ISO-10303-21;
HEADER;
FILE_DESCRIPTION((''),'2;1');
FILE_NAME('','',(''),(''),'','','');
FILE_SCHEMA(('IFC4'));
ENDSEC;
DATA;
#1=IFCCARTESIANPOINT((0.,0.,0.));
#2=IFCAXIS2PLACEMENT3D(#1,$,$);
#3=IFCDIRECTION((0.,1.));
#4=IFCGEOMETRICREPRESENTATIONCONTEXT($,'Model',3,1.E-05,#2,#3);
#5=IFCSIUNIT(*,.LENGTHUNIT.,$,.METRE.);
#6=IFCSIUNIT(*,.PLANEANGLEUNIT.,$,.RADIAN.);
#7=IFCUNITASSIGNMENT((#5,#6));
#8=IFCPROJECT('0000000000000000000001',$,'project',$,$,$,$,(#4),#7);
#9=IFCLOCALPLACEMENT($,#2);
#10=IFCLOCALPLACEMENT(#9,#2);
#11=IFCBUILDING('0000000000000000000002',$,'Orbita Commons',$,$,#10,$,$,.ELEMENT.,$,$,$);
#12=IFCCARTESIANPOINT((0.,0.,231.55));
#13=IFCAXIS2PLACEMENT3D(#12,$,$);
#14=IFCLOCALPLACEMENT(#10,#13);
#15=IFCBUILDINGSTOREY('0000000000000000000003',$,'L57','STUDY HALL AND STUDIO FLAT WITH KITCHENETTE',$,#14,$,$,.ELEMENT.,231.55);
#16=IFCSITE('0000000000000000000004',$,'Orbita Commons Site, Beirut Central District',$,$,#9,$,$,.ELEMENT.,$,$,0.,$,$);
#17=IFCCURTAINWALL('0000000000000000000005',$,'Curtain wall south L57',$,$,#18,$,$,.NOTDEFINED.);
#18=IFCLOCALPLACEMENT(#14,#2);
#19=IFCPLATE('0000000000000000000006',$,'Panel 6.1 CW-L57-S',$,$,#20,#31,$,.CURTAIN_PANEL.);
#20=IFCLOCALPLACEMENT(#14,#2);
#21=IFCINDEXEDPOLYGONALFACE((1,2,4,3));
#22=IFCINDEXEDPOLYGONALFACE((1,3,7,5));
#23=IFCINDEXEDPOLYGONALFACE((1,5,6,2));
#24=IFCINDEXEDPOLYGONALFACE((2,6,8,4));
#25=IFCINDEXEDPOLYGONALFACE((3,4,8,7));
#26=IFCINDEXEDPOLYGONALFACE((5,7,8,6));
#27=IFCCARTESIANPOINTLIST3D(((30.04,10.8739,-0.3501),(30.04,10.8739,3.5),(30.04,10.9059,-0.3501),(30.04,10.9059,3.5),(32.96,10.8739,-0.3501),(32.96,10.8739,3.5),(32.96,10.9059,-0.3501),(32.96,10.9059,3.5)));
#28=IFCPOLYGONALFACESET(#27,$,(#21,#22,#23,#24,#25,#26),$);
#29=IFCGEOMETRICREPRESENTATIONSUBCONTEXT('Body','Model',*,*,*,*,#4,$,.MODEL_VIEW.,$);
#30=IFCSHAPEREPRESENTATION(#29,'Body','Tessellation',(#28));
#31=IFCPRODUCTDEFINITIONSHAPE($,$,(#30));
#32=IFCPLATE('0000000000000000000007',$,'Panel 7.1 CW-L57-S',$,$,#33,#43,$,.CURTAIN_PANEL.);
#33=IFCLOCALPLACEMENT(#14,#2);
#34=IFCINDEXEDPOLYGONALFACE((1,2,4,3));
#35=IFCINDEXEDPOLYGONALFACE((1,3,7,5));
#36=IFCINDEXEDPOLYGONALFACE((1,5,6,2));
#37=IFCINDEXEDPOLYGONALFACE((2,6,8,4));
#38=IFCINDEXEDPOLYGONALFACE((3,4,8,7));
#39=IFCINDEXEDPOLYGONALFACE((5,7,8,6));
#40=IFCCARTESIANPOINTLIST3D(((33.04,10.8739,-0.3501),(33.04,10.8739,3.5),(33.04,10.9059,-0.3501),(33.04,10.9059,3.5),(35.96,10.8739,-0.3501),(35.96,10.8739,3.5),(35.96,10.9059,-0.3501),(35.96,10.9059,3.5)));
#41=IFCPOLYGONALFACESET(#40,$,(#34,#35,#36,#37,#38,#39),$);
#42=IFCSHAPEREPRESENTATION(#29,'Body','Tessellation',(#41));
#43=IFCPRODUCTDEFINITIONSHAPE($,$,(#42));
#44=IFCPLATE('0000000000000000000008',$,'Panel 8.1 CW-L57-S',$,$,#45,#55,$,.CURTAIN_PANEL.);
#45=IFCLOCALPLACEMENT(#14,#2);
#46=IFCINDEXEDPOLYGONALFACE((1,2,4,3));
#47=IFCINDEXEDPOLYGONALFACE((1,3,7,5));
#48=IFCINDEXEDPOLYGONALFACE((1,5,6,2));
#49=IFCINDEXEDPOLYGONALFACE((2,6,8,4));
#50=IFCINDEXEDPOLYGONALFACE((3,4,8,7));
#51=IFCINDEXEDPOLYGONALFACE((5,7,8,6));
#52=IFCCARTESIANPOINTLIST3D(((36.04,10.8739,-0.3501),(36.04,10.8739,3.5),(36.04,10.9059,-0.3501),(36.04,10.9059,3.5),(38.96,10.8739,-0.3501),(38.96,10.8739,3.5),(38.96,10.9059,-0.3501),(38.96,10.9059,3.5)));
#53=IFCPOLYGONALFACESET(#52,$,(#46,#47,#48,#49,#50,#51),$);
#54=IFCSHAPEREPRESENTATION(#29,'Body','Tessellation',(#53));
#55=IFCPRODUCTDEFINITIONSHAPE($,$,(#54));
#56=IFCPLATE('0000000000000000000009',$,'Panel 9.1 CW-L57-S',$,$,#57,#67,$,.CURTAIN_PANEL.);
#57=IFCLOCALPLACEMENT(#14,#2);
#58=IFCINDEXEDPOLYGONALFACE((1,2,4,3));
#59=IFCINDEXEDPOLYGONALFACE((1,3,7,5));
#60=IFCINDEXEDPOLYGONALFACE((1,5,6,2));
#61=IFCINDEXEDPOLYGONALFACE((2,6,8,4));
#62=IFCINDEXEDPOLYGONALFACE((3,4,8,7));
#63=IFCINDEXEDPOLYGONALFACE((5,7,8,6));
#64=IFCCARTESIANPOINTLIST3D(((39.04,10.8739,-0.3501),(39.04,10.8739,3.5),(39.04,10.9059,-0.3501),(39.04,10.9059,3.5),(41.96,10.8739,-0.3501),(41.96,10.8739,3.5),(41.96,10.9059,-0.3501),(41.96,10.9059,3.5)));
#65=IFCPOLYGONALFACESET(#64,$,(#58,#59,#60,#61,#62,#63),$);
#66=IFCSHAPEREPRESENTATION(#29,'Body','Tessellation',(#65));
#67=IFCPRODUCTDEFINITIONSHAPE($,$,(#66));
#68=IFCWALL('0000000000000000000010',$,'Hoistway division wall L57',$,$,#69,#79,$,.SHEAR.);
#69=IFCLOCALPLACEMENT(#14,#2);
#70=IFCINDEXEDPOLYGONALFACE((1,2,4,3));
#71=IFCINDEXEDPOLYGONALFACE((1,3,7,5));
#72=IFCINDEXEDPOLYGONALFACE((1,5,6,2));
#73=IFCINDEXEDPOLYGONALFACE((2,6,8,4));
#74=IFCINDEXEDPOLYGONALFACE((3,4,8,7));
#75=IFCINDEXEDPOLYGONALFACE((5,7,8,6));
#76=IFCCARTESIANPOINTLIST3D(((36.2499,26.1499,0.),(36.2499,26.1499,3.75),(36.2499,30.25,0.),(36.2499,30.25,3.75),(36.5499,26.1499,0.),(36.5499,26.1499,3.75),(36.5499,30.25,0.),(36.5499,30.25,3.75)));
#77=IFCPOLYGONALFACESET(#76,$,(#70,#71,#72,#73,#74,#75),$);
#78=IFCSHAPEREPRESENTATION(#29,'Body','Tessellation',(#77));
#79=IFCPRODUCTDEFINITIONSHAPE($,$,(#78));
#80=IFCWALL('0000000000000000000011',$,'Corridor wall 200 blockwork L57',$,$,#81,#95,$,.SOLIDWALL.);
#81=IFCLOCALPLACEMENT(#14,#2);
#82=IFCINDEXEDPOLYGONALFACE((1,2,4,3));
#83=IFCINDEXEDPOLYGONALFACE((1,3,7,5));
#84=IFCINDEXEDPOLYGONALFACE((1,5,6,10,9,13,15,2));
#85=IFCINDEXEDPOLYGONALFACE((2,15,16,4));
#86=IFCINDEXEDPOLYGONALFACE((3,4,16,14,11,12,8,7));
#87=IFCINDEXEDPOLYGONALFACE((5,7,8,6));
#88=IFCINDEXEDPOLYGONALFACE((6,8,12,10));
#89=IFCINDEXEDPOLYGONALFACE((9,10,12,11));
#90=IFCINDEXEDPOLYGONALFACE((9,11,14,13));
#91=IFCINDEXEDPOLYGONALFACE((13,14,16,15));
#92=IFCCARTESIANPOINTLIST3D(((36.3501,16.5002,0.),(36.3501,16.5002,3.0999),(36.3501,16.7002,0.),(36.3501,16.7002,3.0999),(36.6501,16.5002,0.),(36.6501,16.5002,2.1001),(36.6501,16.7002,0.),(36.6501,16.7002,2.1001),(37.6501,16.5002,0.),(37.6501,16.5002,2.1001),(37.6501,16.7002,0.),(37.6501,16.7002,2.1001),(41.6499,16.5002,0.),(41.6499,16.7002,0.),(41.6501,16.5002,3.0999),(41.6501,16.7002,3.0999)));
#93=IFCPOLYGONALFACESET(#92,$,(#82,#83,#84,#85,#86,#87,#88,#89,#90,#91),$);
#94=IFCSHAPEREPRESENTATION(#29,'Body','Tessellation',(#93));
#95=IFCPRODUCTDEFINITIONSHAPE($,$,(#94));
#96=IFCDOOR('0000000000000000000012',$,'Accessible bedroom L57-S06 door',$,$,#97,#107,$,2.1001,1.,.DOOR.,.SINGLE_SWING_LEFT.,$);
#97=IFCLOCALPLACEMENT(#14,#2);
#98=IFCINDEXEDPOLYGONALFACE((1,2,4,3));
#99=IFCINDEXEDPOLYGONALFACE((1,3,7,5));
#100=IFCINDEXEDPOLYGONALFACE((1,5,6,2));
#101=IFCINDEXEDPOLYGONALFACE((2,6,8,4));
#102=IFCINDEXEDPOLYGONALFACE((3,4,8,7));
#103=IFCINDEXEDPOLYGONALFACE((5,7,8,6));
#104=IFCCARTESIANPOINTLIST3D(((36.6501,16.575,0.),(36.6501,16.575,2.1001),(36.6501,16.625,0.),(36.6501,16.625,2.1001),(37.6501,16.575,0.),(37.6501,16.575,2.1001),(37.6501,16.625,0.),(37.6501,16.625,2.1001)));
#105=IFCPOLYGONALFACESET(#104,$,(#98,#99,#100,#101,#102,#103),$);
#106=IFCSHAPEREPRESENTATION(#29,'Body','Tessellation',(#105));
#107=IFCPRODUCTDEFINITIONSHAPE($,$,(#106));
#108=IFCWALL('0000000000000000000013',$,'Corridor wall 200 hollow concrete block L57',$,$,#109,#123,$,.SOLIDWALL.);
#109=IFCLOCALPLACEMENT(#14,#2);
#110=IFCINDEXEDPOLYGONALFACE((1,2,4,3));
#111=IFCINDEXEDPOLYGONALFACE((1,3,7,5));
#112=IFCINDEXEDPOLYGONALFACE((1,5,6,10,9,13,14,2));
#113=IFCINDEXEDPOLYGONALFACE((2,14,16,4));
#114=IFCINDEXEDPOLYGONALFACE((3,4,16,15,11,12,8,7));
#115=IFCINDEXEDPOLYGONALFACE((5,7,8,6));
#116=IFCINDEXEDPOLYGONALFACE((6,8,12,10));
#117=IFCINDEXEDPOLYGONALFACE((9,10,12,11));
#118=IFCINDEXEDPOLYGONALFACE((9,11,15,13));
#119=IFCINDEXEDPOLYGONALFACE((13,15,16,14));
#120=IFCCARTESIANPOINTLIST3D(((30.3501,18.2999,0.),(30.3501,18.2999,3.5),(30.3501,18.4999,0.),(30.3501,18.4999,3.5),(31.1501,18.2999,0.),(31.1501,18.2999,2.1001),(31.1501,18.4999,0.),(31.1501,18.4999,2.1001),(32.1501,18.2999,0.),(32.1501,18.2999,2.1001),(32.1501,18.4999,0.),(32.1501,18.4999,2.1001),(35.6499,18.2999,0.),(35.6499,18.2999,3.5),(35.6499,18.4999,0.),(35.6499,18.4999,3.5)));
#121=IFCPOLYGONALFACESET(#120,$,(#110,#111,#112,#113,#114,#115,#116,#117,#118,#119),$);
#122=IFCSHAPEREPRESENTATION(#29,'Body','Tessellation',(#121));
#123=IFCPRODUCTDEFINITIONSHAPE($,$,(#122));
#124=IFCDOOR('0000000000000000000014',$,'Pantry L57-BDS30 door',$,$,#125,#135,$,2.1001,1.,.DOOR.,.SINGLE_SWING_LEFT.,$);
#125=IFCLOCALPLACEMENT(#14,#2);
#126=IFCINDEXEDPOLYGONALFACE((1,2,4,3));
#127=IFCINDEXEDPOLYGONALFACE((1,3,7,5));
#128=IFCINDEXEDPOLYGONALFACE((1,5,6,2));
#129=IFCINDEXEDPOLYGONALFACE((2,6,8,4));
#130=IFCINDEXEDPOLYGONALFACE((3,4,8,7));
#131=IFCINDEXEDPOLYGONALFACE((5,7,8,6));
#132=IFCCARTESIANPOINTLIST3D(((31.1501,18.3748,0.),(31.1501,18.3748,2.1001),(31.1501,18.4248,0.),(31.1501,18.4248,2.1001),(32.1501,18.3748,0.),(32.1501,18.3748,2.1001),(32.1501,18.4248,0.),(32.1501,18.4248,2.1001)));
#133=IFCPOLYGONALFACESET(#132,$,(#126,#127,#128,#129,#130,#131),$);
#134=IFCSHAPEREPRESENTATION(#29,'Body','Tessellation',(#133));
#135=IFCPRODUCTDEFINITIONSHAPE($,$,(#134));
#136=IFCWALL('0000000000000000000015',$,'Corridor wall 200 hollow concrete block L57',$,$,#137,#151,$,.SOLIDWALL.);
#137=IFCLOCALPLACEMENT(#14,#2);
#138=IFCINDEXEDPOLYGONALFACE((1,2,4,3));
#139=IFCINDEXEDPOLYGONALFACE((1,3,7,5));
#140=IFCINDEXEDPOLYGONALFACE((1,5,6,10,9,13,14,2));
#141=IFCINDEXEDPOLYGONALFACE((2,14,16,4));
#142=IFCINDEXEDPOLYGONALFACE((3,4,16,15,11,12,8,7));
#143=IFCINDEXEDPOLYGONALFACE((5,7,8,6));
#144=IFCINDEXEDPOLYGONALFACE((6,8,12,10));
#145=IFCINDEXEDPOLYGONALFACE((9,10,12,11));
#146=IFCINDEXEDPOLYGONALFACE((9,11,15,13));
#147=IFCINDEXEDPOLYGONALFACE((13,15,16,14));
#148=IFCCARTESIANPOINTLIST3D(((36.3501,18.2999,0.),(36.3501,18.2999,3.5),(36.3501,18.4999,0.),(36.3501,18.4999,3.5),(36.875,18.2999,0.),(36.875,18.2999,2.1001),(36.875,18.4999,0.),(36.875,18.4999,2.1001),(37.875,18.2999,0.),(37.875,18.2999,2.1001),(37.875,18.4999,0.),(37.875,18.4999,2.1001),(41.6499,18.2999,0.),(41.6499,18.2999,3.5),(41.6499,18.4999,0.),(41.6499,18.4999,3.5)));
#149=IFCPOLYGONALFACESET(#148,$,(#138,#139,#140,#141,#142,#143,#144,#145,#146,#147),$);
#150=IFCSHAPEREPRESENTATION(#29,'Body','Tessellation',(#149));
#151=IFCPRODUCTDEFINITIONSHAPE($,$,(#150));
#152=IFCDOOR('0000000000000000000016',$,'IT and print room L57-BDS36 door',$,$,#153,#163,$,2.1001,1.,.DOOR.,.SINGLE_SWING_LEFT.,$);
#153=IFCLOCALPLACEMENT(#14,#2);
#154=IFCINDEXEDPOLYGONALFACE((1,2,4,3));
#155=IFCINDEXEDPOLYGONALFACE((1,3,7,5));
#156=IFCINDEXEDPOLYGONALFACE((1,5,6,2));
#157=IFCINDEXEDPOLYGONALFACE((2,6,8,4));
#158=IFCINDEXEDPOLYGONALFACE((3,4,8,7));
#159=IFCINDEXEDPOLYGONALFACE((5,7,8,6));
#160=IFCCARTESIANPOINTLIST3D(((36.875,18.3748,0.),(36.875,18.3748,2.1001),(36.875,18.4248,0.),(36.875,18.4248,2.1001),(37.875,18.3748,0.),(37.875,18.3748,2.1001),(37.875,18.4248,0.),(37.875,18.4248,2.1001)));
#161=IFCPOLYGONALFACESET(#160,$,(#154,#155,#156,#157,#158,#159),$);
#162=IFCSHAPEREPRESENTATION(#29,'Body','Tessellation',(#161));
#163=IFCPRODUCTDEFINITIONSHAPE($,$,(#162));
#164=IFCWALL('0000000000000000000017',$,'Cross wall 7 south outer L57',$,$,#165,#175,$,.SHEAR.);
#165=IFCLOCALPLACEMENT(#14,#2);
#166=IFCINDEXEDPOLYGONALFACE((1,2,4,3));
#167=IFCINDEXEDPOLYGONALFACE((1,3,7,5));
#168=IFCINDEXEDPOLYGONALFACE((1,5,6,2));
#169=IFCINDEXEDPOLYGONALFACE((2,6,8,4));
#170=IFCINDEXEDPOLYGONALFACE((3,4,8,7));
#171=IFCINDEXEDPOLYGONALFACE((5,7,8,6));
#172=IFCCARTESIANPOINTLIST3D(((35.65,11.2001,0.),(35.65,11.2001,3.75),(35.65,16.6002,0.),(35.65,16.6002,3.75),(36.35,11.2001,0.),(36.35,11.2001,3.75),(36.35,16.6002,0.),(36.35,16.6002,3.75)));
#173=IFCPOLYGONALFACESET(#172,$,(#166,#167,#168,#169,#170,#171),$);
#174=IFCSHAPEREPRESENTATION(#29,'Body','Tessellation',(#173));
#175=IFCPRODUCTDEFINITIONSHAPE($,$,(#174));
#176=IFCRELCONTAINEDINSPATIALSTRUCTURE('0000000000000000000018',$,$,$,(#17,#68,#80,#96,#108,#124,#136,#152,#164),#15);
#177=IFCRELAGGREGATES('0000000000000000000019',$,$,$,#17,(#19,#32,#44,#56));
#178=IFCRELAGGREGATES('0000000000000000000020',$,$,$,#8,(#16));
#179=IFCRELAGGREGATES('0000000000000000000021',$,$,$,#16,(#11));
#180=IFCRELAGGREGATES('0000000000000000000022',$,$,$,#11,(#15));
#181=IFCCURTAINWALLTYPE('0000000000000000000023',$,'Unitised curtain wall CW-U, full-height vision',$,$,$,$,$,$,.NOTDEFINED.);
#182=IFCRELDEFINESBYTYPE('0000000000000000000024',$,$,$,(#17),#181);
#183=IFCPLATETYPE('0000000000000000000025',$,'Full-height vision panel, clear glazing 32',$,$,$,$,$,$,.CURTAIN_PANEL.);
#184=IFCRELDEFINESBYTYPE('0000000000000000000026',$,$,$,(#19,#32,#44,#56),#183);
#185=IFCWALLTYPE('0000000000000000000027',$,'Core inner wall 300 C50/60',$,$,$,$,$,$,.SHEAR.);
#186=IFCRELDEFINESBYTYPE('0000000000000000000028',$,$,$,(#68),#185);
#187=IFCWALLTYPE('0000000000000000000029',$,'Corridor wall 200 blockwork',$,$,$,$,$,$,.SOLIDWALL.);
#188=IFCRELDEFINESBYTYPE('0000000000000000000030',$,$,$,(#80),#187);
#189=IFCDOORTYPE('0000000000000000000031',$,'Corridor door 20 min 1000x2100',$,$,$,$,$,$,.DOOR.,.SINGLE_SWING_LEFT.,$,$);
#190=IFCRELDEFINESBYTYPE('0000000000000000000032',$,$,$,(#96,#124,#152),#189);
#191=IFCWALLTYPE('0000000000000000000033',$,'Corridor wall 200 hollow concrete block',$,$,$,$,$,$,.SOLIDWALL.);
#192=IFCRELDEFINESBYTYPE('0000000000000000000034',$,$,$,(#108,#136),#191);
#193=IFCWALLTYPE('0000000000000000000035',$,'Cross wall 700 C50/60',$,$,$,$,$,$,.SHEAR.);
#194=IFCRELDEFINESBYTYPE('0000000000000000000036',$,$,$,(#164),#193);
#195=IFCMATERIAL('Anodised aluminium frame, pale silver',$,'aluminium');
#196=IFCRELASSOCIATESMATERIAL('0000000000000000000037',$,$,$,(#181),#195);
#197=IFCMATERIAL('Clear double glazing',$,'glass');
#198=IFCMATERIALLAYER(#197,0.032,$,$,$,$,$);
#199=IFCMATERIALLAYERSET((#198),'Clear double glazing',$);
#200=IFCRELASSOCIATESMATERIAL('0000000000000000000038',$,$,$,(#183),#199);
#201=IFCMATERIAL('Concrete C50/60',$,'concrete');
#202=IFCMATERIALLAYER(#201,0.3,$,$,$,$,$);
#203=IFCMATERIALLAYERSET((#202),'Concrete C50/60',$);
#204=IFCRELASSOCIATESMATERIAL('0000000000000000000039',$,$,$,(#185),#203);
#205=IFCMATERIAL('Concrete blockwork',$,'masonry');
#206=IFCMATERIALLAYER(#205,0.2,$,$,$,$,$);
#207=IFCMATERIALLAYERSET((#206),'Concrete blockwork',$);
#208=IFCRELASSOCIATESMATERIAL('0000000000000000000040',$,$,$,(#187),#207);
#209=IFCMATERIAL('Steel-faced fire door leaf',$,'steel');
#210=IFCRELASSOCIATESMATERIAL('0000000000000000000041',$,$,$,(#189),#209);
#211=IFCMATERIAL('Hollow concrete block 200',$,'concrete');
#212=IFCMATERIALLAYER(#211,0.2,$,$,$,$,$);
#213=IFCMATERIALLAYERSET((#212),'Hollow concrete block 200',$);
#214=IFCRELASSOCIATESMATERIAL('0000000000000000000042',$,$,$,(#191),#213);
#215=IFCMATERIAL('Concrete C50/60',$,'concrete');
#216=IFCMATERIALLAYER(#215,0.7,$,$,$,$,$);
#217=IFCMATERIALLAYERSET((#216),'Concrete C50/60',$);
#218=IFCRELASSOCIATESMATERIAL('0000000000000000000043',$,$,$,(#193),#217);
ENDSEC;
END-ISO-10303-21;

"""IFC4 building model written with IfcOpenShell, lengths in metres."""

from ifc_helpers import new_model, si_unit, direction, frame, frame_2d, origin, origin_2d, place, context, subcontext, project, spatial, polyline, rectangle, outline, extrude, material, layer, layer_set, type_object, element, fill, aggregate, save


model = new_model("IFC4")

# Units and contexts
model_context = context("Model", 3, precision=1e-05, world=origin(), true_north=direction((0.0, 1.0)))
body_context = subcontext(model_context, "Body", "Model", "MODEL_VIEW")
ifc_project = project(units=[si_unit("LENGTHUNIT", "METRE"), si_unit("PLANEANGLEUNIT", "RADIAN")], contexts=[model_context])

# Site, building, storey
site_placement = place(None, origin())
site = spatial("IfcSite", under=ifc_project, at=site_placement, Name="Orbita Commons Site, Beirut Central District", CompositionType="ELEMENT", RefElevation=0.0)
building_placement = place(site_placement, origin())
building = spatial("IfcBuilding", under=site, at=building_placement, Name="Orbita Commons", CompositionType="ELEMENT")
storey_placement = place(building_placement, frame((0.0, 0.0, 231.55)))
storey = spatial("IfcBuildingStorey", under=building, at=storey_placement, Name="L57", Description="STUDY HALL AND STUDIO FLAT WITH KITCHENETTE", CompositionType="ELEMENT", Elevation=231.55)

# Curtain wall
ifc_material_1 = material(Name="Anodised aluminium frame, pale silver", Category="aluminium")
curtain_wall_type = type_object("IfcCurtainWallType", Name="Unitised curtain wall CW-U, full-height vision", PredefinedType="NOTDEFINED", material=ifc_material_1)
curtain_wall_placement = place(storey_placement, origin())
curtain_wall = element("IfcCurtainWall", 1, at=curtain_wall_placement, inside=storey, type_object=curtain_wall_type, Name="Curtain wall south L57", PredefinedType="NOTDEFINED")

# Plates
ifc_material_2 = material(Name="Clear double glazing", Category="glass")
ifc_layer_1 = layer(ifc_material_2, 0.032)
ifc_layer_set_1 = layer_set([ifc_layer_1], Name="Clear double glazing")
plate_type = type_object("IfcPlateType", Name="Full-height vision panel, clear glazing 32", PredefinedType="CURTAIN_PANEL", material=ifc_layer_set_1)
plate_1_placement = place(storey_placement, frame((31.5, 10.8899, -0.3501), z_axis=(0.0, 0.0, 1.0), x_axis=(1.0, 0.0, 0.0)))
plate_1 = element("IfcPlate", 2, at=plate_1_placement, type_object=plate_type, Name="Panel 6.1 CW-L57-S", PredefinedType="CURTAIN_PANEL", context=body_context, shape_type="SweptSolid", body=[
    extrude(rectangle(XDim=2.9199, YDim=0.032, at=origin_2d()), origin(), (0.0, 0.0, 1.0), 3.8501),
])
plate_2_placement = place(storey_placement, frame((34.5, 10.8899, -0.3501), z_axis=(0.0, 0.0, 1.0), x_axis=(1.0, 0.0, 0.0)))
plate_2 = element("IfcPlate", 3, at=plate_2_placement, type_object=plate_type, Name="Panel 7.1 CW-L57-S", PredefinedType="CURTAIN_PANEL", context=body_context, shape_type="SweptSolid", body=[
    extrude(rectangle(XDim=2.9199, YDim=0.032, at=origin_2d()), origin(), (0.0, 0.0, 1.0), 3.8501),
])
plate_3_placement = place(storey_placement, frame((37.5, 10.8899, -0.3501), z_axis=(0.0, 0.0, 1.0), x_axis=(1.0, 0.0, 0.0)))
plate_3 = element("IfcPlate", 4, at=plate_3_placement, type_object=plate_type, Name="Panel 8.1 CW-L57-S", PredefinedType="CURTAIN_PANEL", context=body_context, shape_type="SweptSolid", body=[
    extrude(rectangle(XDim=2.9199, YDim=0.032, at=origin_2d()), origin(), (0.0, 0.0, 1.0), 3.8501),
])
plate_4_placement = place(storey_placement, frame((40.5, 10.8899, -0.3501), z_axis=(0.0, 0.0, 1.0), x_axis=(1.0, 0.0, 0.0)))
plate_4 = element("IfcPlate", 5, at=plate_4_placement, type_object=plate_type, Name="Panel 9.1 CW-L57-S", PredefinedType="CURTAIN_PANEL", context=body_context, shape_type="SweptSolid", body=[
    extrude(rectangle(XDim=2.9199, YDim=0.032, at=origin_2d()), origin(), (0.0, 0.0, 1.0), 3.8501),
])
aggregate(curtain_wall, [plate_1, plate_2, plate_3, plate_4])

# Wall
ifc_material_3 = material(Name="Concrete C50/60", Category="concrete")
ifc_layer_2 = layer(ifc_material_3, 0.3)
ifc_layer_set_2 = layer_set([ifc_layer_2], Name="Concrete C50/60")
wall_type_1 = type_object("IfcWallType", Name="Core inner wall 300 C50/60", PredefinedType="SHEAR", material=ifc_layer_set_2)
wall_1_placement = place(storey_placement, frame((36.3999, 26.1499, 0.0), z_axis=(0.0, 0.0, 1.0), x_axis=(0.0, 1.0, 0.0)))
element("IfcWall", 6, at=wall_1_placement, inside=storey, type_object=wall_type_1, Name="Hoistway division wall L57", PredefinedType="SHEAR", context=body_context, shape_type="SweptSolid", body=[
    extrude(rectangle(XDim=4.1001, YDim=0.3, at=frame_2d((2.05, 0.0))), origin(), (0.0, 0.0, 1.0), 3.75),
])

# Walls, openings, doors
ifc_material_4 = material(Name="Concrete blockwork", Category="masonry")
ifc_layer_3 = layer(ifc_material_4, 0.2)
ifc_layer_set_3 = layer_set([ifc_layer_3], Name="Concrete blockwork")
wall_type_2 = type_object("IfcWallType", Name="Corridor wall 200 blockwork", PredefinedType="SOLIDWALL", material=ifc_layer_set_3)
wall_2_placement = place(storey_placement, frame((36.3501, 16.6001, 0.0), z_axis=(0.0, 0.0, 1.0), x_axis=(1.0, 0.0, 0.0)))
wall_2 = element("IfcWall", 7, at=wall_2_placement, inside=storey, type_object=wall_type_2, Name="Corridor wall 200 blockwork L57", PredefinedType="SOLIDWALL", context=body_context, shape_type="SweptSolid", body=[
    extrude(outline(polyline([(0.0, 0.0), (5.2998, 0.0), (5.3, 3.0999), (0.0, 3.0999), (0.0, 0.0)])), frame((0.0, 0.1001, 0.0), z_axis=(0.0, -1.0, 0.0), x_axis=(1.0, 0.0, 0.0)), (0.0, 0.0, 1.0), 0.2),
])
opening_1_placement = place(wall_2_placement, frame((0.3, 0.0, 0.0)))
opening_1 = element("IfcOpeningElement", 8, at=opening_1_placement, cuts=wall_2, PredefinedType="OPENING", context=body_context, shape_type="SweptSolid", body=[
    extrude(rectangle(XDim=1.0, YDim=2.1001, at=frame_2d((0.5, 1.05))), frame((0.0, 0.1099, 0.0), z_axis=(0.0, -1.0, 0.0), x_axis=(1.0, 0.0, 0.0)), (0.0, 0.0, 1.0), 0.22),
])
ifc_material_5 = material(Name="Steel-faced fire door leaf", Category="steel")
door_type_1 = type_object("IfcDoorType", Name="Corridor door 20 min 1000x2100", OperationType="SINGLE_SWING_LEFT", PredefinedType="DOOR", material=ifc_material_5)
door_1_placement = place(opening_1_placement, origin())
door_1 = element("IfcDoor", 9, at=door_1_placement, inside=storey, type_object=door_type_1, Name="Accessible bedroom L57-S06 door", OperationType="SINGLE_SWING_LEFT", OverallHeight=2.1001, OverallWidth=1.0, PredefinedType="DOOR", context=body_context, shape_type="SweptSolid", body=[
    extrude(rectangle(XDim=1.0, YDim=2.1001, at=frame_2d((0.5, 1.05))), frame((0.0, 0.0249, 0.0), z_axis=(0.0, -1.0, 0.0), x_axis=(1.0, 0.0, 0.0)), (0.0, 0.0, 1.0), 0.05),
])
fill(opening_1, door_1)
ifc_material_6 = material(Name="Hollow concrete block 200", Category="concrete")
ifc_layer_4 = layer(ifc_material_6, 0.2)
ifc_layer_set_4 = layer_set([ifc_layer_4], Name="Hollow concrete block 200")
wall_type_3 = type_object("IfcWallType", Name="Corridor wall 200 hollow concrete block", PredefinedType="SOLIDWALL", material=ifc_layer_set_4)
wall_3_placement = place(storey_placement, frame((30.3501, 18.3999, 0.0), z_axis=(0.0, 0.0, 1.0), x_axis=(1.0, 0.0, 0.0)))
wall_3 = element("IfcWall", 10, at=wall_3_placement, inside=storey, type_object=wall_type_3, Name="Corridor wall 200 hollow concrete block L57", PredefinedType="SOLIDWALL", context=body_context, shape_type="SweptSolid", body=[
    extrude(rectangle(XDim=5.2998, YDim=0.2, at=frame_2d((2.6499, 0.0))), origin(), (0.0, 0.0, 1.0), 3.5),
])
opening_2_placement = place(wall_3_placement, frame((0.8, 0.0, 0.0)))
opening_2 = element("IfcOpeningElement", 11, at=opening_2_placement, cuts=wall_3, PredefinedType="OPENING", context=body_context, shape_type="SweptSolid", body=[
    extrude(rectangle(XDim=1.0, YDim=2.1001, at=frame_2d((0.5, 1.05))), frame((0.0, 0.1099, 0.0), z_axis=(0.0, -1.0, 0.0), x_axis=(1.0, 0.0, 0.0)), (0.0, 0.0, 1.0), 0.22),
])
door_2_placement = place(opening_2_placement, origin())
door_2 = element("IfcDoor", 12, at=door_2_placement, inside=storey, type_object=door_type_1, Name="Pantry L57-BDS30 door", OperationType="SINGLE_SWING_LEFT", OverallHeight=2.1001, OverallWidth=1.0, PredefinedType="DOOR", context=body_context, shape_type="SweptSolid", body=[
    extrude(rectangle(XDim=1.0, YDim=2.1001, at=frame_2d((0.5, 1.05))), frame((0.0, 0.0249, 0.0), z_axis=(0.0, -1.0, 0.0), x_axis=(1.0, 0.0, 0.0)), (0.0, 0.0, 1.0), 0.05),
])
fill(opening_2, door_2)
wall_4_placement = place(storey_placement, frame((36.3501, 18.3999, 0.0), z_axis=(0.0, 0.0, 1.0), x_axis=(1.0, 0.0, 0.0)))
wall_4 = element("IfcWall", 13, at=wall_4_placement, inside=storey, type_object=wall_type_3, Name="Corridor wall 200 hollow concrete block L57", PredefinedType="SOLIDWALL", context=body_context, shape_type="SweptSolid", body=[
    extrude(rectangle(XDim=5.2998, YDim=0.2, at=frame_2d((2.6499, 0.0))), origin(), (0.0, 0.0, 1.0), 3.5),
])
opening_3_placement = place(wall_4_placement, frame((0.5249, 0.0, 0.0)))
opening_3 = element("IfcOpeningElement", 14, at=opening_3_placement, cuts=wall_4, PredefinedType="OPENING", context=body_context, shape_type="SweptSolid", body=[
    extrude(rectangle(XDim=1.0, YDim=2.1001, at=frame_2d((0.5, 1.05))), frame((0.0, 0.1099, 0.0), z_axis=(0.0, -1.0, 0.0), x_axis=(1.0, 0.0, 0.0)), (0.0, 0.0, 1.0), 0.22),
])
door_3_placement = place(opening_3_placement, origin())
door_3 = element("IfcDoor", 15, at=door_3_placement, inside=storey, type_object=door_type_1, Name="IT and print room L57-BDS36 door", OperationType="SINGLE_SWING_LEFT", OverallHeight=2.1001, OverallWidth=1.0, PredefinedType="DOOR", context=body_context, shape_type="SweptSolid", body=[
    extrude(rectangle(XDim=1.0, YDim=2.1001, at=frame_2d((0.5, 1.05))), frame((0.0, 0.0249, 0.0), z_axis=(0.0, -1.0, 0.0), x_axis=(1.0, 0.0, 0.0)), (0.0, 0.0, 1.0), 0.05),
])
fill(opening_3, door_3)

# Wall
ifc_material_7 = material(Name="Concrete C50/60", Category="concrete")
ifc_layer_5 = layer(ifc_material_7, 0.7)
ifc_layer_set_5 = layer_set([ifc_layer_5], Name="Concrete C50/60")
wall_type_4 = type_object("IfcWallType", Name="Cross wall 700 C50/60", PredefinedType="SHEAR", material=ifc_layer_set_5)
wall_5_placement = place(storey_placement, frame((36.0, 11.2, 0.0), z_axis=(0.0, 0.0, 1.0), x_axis=(0.0, 1.0, 0.0)))
element("IfcWall", 16, at=wall_5_placement, inside=storey, type_object=wall_type_4, Name="Cross wall 7 south outer L57", PredefinedType="SHEAR", context=body_context, shape_type="SweptSolid", body=[
    extrude(rectangle(XDim=5.4001, YDim=0.7, at=frame_2d((2.7002, 0.0))), origin(), (0.0, 0.0, 1.0), 3.75),
])

save(model, "model.ifc")
